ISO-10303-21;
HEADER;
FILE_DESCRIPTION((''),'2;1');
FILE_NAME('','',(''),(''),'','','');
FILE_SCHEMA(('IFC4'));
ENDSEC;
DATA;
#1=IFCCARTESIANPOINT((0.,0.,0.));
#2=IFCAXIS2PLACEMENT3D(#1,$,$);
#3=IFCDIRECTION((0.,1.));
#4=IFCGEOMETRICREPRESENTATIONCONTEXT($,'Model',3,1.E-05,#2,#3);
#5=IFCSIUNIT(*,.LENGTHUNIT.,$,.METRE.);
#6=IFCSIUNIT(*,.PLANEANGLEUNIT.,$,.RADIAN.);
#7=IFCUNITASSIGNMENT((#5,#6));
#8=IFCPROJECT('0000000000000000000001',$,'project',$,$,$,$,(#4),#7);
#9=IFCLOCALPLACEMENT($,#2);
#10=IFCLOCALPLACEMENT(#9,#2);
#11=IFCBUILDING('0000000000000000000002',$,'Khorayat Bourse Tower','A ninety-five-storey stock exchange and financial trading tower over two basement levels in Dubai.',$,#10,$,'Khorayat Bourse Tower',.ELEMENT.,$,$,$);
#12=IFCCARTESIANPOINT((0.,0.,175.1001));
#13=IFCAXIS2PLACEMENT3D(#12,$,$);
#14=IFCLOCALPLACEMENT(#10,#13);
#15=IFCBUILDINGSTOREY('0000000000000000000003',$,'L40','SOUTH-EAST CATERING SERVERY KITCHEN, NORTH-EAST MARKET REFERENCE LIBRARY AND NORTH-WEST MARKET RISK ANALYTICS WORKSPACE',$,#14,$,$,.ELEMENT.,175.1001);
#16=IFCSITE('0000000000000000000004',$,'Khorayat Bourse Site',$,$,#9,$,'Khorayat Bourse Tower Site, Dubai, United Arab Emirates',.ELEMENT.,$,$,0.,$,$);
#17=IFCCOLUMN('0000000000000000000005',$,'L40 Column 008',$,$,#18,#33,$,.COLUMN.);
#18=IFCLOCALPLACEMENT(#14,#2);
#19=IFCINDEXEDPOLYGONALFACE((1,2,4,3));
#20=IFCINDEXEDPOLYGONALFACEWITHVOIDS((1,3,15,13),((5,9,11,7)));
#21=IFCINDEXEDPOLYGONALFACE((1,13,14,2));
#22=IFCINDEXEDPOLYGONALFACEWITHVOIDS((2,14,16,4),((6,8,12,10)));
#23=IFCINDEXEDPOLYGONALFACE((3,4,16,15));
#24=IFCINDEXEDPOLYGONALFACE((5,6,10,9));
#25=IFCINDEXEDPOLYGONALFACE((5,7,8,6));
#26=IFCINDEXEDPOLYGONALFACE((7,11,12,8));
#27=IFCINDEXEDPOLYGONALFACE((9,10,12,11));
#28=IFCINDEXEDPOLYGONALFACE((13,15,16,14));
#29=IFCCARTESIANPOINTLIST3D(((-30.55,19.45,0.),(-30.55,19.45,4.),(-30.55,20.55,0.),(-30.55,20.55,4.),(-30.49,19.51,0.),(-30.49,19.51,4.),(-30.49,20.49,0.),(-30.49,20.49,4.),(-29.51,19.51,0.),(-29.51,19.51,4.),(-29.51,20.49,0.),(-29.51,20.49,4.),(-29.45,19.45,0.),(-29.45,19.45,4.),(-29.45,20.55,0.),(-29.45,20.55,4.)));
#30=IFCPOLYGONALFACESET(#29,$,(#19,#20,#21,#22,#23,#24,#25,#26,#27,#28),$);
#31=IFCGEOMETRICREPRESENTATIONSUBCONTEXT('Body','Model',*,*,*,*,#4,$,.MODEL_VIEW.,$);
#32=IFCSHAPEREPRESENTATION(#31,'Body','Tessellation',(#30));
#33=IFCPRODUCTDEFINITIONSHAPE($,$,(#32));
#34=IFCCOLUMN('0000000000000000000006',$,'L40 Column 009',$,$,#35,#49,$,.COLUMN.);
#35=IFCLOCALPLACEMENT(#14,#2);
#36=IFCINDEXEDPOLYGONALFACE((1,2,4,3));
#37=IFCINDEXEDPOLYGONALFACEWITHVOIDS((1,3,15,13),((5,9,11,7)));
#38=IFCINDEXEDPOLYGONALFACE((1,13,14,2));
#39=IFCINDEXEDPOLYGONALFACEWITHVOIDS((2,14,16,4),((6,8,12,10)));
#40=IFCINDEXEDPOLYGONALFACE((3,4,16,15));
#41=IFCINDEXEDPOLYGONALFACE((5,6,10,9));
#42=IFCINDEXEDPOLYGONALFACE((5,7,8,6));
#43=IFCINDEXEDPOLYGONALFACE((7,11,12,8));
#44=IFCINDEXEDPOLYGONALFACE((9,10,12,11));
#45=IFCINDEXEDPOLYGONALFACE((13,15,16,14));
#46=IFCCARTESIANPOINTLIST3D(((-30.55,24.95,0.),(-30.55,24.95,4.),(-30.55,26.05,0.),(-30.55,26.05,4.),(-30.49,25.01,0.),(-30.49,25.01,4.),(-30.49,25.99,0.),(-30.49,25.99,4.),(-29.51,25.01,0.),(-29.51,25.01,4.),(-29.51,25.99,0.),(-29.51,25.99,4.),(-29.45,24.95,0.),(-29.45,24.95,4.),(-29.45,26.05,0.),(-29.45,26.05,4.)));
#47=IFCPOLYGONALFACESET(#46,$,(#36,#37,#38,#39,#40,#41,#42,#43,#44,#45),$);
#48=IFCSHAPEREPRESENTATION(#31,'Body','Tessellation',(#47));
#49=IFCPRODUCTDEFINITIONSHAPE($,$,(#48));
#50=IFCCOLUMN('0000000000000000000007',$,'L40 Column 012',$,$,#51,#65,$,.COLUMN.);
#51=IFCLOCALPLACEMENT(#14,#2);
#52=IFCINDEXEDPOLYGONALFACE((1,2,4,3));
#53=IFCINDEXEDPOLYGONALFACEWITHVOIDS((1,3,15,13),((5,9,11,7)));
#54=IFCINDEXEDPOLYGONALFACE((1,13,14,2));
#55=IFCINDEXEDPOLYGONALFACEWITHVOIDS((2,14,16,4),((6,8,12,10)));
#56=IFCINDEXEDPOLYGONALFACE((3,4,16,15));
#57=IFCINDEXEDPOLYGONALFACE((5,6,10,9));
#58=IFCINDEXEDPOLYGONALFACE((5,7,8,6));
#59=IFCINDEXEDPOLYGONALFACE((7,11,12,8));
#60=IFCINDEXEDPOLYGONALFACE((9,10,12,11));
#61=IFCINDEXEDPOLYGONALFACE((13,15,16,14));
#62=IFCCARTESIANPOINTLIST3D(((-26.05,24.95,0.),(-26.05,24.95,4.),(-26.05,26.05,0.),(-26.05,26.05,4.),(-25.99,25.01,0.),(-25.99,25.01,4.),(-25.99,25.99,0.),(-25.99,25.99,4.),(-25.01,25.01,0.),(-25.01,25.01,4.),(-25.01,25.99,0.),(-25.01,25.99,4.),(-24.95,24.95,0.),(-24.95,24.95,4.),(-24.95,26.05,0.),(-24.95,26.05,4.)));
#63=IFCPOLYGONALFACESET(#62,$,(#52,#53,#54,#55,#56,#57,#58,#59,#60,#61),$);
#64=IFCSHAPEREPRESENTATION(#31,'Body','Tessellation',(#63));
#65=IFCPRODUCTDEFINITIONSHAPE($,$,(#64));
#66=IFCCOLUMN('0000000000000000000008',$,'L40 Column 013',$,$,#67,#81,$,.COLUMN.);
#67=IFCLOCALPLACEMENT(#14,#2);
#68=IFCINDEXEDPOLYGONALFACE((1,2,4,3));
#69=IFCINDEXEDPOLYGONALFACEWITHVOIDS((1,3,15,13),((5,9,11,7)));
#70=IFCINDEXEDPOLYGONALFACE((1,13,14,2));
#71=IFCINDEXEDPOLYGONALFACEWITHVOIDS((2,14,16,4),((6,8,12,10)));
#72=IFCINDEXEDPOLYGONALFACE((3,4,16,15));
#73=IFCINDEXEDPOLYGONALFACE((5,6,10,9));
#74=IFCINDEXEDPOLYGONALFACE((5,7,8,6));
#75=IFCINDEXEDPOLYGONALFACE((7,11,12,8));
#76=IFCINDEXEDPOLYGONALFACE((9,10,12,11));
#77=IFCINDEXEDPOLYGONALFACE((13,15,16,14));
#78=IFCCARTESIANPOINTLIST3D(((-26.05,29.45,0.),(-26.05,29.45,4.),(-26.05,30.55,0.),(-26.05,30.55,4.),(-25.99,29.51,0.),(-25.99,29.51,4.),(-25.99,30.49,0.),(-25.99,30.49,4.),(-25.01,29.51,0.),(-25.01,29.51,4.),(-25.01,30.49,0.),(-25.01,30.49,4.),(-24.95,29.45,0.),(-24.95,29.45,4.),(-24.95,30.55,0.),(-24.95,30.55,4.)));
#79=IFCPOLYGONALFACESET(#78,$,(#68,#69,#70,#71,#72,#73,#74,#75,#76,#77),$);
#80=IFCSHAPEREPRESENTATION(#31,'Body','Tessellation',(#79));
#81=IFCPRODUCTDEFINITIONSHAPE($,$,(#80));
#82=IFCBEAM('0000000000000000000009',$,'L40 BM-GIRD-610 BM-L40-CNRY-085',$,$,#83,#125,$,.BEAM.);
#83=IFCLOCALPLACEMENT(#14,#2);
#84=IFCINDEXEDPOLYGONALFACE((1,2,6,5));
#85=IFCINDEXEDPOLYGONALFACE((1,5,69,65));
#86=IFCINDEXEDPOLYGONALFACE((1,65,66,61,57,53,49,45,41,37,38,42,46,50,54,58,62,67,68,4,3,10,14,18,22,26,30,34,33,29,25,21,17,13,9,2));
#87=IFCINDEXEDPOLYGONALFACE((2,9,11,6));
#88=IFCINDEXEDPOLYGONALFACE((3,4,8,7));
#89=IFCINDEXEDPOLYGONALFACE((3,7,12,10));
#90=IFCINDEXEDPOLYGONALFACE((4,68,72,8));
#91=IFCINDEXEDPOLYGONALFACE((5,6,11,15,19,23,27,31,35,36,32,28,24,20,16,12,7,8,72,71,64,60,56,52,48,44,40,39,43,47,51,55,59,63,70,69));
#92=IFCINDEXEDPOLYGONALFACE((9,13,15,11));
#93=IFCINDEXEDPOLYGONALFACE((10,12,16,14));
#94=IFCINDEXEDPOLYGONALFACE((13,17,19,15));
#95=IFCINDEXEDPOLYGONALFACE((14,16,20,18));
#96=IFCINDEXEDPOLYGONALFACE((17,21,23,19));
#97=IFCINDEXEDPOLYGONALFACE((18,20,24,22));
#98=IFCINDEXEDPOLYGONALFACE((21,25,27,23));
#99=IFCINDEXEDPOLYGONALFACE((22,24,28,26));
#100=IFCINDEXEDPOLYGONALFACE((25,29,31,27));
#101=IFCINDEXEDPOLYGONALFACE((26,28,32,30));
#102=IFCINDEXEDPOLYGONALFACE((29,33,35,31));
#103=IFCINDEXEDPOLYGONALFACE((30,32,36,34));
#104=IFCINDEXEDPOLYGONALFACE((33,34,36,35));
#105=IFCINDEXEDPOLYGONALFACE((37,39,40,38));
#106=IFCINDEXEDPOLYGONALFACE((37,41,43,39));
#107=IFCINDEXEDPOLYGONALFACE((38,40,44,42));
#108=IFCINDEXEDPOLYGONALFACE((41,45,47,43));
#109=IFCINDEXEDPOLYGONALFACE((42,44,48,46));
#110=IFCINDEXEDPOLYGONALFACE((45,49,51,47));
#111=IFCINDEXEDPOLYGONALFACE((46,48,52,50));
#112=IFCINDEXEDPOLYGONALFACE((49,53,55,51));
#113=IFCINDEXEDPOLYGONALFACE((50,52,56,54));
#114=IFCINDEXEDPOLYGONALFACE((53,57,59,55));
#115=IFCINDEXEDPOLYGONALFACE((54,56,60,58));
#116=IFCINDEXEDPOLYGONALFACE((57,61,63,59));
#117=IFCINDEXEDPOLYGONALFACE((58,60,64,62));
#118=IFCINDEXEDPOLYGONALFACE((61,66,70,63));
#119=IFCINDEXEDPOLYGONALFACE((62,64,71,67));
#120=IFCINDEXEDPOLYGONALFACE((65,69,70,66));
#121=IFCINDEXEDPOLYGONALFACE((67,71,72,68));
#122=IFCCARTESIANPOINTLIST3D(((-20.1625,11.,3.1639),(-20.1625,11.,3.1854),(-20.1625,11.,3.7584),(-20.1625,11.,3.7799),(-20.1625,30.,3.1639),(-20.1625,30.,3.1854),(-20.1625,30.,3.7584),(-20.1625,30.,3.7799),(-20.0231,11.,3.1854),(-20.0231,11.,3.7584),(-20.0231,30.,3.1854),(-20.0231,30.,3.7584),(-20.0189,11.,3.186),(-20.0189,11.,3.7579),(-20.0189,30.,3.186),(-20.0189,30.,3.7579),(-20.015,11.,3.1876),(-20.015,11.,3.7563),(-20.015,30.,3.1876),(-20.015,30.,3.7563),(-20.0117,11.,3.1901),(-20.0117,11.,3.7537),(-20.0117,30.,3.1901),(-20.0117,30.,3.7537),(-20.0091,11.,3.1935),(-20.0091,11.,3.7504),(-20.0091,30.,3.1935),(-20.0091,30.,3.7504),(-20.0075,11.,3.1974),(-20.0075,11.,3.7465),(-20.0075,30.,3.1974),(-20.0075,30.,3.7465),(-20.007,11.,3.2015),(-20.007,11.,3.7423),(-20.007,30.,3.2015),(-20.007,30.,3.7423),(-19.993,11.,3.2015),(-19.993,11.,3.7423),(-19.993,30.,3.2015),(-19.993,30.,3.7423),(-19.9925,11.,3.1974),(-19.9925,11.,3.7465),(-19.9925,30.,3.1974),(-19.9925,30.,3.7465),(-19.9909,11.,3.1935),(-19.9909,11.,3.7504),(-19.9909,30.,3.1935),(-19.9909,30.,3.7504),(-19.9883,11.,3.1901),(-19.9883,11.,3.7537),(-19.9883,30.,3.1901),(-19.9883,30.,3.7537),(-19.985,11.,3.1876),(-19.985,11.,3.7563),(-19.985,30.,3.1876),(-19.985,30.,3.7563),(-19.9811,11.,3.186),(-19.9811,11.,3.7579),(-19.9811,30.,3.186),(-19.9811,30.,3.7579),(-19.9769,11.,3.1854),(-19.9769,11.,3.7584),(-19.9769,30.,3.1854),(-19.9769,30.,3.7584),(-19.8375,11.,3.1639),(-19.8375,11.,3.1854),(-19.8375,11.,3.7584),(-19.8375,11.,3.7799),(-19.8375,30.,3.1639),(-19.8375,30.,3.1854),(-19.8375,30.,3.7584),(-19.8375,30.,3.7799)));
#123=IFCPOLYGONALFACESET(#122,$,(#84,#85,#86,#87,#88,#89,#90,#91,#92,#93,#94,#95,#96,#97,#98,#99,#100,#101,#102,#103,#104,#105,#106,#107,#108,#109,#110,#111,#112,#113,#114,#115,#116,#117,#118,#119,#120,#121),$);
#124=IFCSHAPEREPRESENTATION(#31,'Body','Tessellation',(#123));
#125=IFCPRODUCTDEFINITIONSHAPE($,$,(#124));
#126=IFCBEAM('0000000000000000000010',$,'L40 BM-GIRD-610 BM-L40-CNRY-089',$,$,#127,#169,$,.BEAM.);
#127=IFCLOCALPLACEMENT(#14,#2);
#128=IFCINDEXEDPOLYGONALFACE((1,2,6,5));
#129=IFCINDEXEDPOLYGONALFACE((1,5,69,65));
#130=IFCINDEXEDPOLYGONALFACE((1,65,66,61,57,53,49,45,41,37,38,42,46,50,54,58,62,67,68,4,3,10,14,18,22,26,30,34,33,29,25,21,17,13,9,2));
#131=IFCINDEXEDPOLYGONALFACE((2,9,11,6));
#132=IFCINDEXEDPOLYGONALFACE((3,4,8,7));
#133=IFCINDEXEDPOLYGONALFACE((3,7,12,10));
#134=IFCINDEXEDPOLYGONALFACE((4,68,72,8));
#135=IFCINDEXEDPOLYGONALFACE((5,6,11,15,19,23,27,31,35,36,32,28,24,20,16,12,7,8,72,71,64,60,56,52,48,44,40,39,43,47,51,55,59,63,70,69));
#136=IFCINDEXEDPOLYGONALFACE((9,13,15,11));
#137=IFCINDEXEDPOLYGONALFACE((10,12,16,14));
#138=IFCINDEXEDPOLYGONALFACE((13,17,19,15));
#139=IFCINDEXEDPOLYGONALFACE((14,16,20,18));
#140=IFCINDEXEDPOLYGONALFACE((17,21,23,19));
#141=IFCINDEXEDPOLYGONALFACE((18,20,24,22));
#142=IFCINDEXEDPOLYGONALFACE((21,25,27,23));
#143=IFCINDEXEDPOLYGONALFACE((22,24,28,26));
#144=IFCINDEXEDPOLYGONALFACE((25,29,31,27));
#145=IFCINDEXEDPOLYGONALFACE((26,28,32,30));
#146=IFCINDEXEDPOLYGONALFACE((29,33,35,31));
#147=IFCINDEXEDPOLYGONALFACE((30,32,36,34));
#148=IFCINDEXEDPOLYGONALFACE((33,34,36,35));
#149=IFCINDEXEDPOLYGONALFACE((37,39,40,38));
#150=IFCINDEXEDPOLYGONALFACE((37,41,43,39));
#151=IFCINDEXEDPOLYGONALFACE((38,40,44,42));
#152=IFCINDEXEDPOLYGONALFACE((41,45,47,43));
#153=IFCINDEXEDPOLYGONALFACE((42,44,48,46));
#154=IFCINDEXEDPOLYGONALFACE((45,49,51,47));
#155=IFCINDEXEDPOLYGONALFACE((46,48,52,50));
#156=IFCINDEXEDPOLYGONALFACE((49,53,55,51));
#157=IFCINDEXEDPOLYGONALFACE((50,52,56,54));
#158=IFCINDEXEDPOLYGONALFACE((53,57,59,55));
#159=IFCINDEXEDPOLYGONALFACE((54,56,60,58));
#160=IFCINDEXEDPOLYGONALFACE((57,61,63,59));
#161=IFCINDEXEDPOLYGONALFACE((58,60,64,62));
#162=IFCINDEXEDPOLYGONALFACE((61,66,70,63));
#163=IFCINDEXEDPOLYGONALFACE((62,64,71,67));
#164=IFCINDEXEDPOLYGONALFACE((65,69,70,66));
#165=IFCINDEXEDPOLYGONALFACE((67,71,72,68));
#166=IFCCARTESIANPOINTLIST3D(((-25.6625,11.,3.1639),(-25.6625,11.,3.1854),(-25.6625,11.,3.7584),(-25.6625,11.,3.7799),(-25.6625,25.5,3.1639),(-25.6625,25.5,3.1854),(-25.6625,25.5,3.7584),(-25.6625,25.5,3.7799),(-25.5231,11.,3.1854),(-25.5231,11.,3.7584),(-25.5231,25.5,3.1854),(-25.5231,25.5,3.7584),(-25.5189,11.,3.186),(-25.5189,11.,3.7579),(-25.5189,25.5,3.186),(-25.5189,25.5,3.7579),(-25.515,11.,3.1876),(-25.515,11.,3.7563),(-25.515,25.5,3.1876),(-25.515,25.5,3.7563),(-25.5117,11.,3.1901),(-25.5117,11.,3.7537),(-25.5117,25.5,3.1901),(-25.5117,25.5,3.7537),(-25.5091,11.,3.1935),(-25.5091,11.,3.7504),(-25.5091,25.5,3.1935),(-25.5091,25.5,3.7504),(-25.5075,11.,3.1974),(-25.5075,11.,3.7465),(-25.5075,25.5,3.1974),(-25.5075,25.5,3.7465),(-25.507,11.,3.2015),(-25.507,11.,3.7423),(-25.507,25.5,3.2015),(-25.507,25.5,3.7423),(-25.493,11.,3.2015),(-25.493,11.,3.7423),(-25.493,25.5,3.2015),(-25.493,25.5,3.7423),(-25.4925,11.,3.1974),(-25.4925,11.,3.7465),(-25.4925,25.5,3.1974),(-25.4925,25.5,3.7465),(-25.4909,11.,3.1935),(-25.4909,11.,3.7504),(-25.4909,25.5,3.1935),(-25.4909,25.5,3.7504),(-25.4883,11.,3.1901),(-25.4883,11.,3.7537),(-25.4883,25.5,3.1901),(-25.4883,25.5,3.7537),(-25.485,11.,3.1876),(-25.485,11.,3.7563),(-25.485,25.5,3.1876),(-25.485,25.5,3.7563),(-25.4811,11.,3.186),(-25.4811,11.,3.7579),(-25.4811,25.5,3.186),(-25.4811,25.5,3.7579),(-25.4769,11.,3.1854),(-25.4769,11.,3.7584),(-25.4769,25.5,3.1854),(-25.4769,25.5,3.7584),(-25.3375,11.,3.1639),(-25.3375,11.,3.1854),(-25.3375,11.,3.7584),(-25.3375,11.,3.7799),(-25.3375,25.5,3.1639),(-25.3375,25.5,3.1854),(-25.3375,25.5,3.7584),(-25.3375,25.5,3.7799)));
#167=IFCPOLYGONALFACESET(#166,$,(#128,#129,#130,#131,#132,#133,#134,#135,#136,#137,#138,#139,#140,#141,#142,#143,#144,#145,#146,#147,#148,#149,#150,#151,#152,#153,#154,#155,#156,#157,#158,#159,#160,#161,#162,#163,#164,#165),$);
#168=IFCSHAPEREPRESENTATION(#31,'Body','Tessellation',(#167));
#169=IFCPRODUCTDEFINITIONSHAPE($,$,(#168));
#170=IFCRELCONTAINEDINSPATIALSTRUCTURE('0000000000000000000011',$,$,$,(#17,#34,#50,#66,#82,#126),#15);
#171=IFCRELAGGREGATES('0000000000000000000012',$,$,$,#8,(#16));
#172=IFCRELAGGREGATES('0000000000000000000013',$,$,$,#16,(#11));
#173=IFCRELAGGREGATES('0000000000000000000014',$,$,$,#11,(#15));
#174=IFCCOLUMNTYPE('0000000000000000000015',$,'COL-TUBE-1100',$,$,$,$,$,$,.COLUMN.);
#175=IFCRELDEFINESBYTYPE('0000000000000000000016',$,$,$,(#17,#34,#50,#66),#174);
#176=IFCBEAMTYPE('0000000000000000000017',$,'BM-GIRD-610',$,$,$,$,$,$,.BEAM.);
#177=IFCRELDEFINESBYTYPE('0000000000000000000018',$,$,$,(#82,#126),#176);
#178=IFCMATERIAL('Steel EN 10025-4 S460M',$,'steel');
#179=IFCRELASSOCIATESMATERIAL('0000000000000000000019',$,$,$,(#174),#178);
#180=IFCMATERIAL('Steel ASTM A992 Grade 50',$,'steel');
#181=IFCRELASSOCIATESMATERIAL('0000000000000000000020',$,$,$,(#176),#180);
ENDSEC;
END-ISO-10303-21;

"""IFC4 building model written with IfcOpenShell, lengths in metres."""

from ifc_helpers import new_model, si_unit, direction, frame, origin, origin_2d, place, context, subcontext, project, spatial, hollow_rectangle, i_section, extrude, source, transform, mapped, material, material_profile, profile_set, type_object, element, save


model = new_model("IFC4")

# Units and contexts
model_context = context("Model", 3, precision=1e-05, world=origin(), true_north=direction((0.0, 1.0)))
body_context = subcontext(model_context, "Body", "Model", "MODEL_VIEW")
ifc_project = project(units=[si_unit("LENGTHUNIT", "METRE"), si_unit("PLANEANGLEUNIT", "RADIAN")], contexts=[model_context])

# Site, building, storey
site_placement = place(None, origin())
site = spatial("IfcSite", under=ifc_project, at=site_placement, Name="Khorayat Bourse Site", LongName="Khorayat Bourse Tower Site, Dubai, United Arab Emirates", CompositionType="ELEMENT", RefElevation=0.0)
building_placement = place(site_placement, origin())
building = spatial("IfcBuilding", under=site, at=building_placement, Name="Khorayat Bourse Tower", Description="A ninety-five-storey stock exchange and financial trading tower over two basement levels in Dubai.", LongName="Khorayat Bourse Tower", CompositionType="ELEMENT")
storey_placement = place(building_placement, frame((0.0, 0.0, 175.1001)))
storey = spatial("IfcBuildingStorey", under=building, at=storey_placement, Name="L40", Description="SOUTH-EAST CATERING SERVERY KITCHEN, NORTH-EAST MARKET REFERENCE LIBRARY AND NORTH-WEST MARKET RISK ANALYTICS WORKSPACE", CompositionType="ELEMENT", Elevation=175.1001)

# Columns
ifc_material_1 = material(Name="Steel EN 10025-4 S460M", Category="steel")
ifc_material_profile_1 = material_profile(ifc_material_1, hollow_rectangle(XDim=1.1001, YDim=1.1001, WallThickness=0.0601, at=origin_2d()), Name="BOX 1100x1100x60")
ifc_profile_set_1 = profile_set([ifc_material_profile_1], Name="Steel EN 10025-4 S460M")
column_type = type_object("IfcColumnType", Name="COL-TUBE-1100", PredefinedType="COLUMN", material=ifc_profile_set_1)
shared_shape_1 = source(origin(), body_context, "Body", "SweptSolid", [
    extrude(hollow_rectangle(XDim=1.1001, YDim=1.1001, WallThickness=0.0601, at=origin_2d()), origin(), (0.0, 0.0, 1.0), 4.0),
])
for number, where, z_axis, x_axis, name in (
    (1, (-30.0, 20.0, 0.0), (0.0, 0.0, 1.0), (1.0, 0.0, 0.0), "L40 Column 008"),
    (2, (-30.0, 25.5, 0.0), (0.0, 0.0, 1.0), (1.0, 0.0, 0.0), "L40 Column 009"),
    (3, (-25.5, 25.5, 0.0), (0.0, 0.0, 1.0), (1.0, 0.0, 0.0), "L40 Column 012"),
    (4, (-25.5, 30.0, 0.0), (0.0, 0.0, 1.0), (1.0, 0.0, 0.0), "L40 Column 013"),
):
    element("IfcColumn", number, at=place(storey_placement, frame(where, z_axis=z_axis, x_axis=x_axis)), inside=storey, type_object=column_type, Name=name, PredefinedType="COLUMN", context=body_context, shape_type="MappedRepresentation", body=[
        mapped(shared_shape_1, transform((0.0, 0.0, 0.0), scale=1.0)),
    ])

# Beams
ifc_material_2 = material(Name="Steel ASTM A992 Grade 50", Category="steel")
ifc_material_profile_2 = material_profile(ifc_material_2, i_section(OverallWidth=0.325, OverallDepth=0.616, WebThickness=0.0139, FlangeThickness=0.0215, FilletRadius=0.0161, at=origin_2d()), Name="W610X174")
ifc_profile_set_2 = profile_set([ifc_material_profile_2], Name="Steel ASTM A992 Grade 50")
beam_type_1 = type_object("IfcBeamType", Name="BM-GIRD-610", PredefinedType="BEAM", material=ifc_profile_set_2)
shared_shape_2 = source(origin(), body_context, "Body", "SweptSolid", [
    extrude(i_section(OverallWidth=0.325, OverallDepth=0.616, WebThickness=0.0139, FlangeThickness=0.0215, FilletRadius=0.0161, at=origin_2d()), origin(), (0.0, 0.0, 1.0), 19.0),
])
beam_1_placement = place(storey_placement, frame((-20.0, 11.0, 3.4719), z_axis=(0.0, 1.0, 0.0), x_axis=(-1.0, 0.0, 0.0)))
element("IfcBeam", 5, at=beam_1_placement, inside=storey, type_object=beam_type_1, Name="L40 BM-GIRD-610 BM-L40-CNRY-085", PredefinedType="BEAM", context=body_context, shape_type="MappedRepresentation", body=[
    mapped(shared_shape_2, transform((0.0, 0.0, 0.0), scale=1.0)),
])
shared_shape_3 = source(origin(), body_context, "Body", "SweptSolid", [
    extrude(i_section(OverallWidth=0.325, OverallDepth=0.616, WebThickness=0.0139, FlangeThickness=0.0215, FilletRadius=0.0161, at=origin_2d()), origin(), (0.0, 0.0, 1.0), 14.5),
])
beam_2_placement = place(storey_placement, frame((-25.5, 11.0, 3.4719), z_axis=(0.0, 1.0, 0.0), x_axis=(-1.0, 0.0, 0.0)))
element("IfcBeam", 6, at=beam_2_placement, inside=storey, type_object=beam_type_1, Name="L40 BM-GIRD-610 BM-L40-CNRY-089", PredefinedType="BEAM", context=body_context, shape_type="MappedRepresentation", body=[
    mapped(shared_shape_3, transform((0.0, 0.0, 0.0), scale=1.0)),
])

save(model, "model.ifc")
